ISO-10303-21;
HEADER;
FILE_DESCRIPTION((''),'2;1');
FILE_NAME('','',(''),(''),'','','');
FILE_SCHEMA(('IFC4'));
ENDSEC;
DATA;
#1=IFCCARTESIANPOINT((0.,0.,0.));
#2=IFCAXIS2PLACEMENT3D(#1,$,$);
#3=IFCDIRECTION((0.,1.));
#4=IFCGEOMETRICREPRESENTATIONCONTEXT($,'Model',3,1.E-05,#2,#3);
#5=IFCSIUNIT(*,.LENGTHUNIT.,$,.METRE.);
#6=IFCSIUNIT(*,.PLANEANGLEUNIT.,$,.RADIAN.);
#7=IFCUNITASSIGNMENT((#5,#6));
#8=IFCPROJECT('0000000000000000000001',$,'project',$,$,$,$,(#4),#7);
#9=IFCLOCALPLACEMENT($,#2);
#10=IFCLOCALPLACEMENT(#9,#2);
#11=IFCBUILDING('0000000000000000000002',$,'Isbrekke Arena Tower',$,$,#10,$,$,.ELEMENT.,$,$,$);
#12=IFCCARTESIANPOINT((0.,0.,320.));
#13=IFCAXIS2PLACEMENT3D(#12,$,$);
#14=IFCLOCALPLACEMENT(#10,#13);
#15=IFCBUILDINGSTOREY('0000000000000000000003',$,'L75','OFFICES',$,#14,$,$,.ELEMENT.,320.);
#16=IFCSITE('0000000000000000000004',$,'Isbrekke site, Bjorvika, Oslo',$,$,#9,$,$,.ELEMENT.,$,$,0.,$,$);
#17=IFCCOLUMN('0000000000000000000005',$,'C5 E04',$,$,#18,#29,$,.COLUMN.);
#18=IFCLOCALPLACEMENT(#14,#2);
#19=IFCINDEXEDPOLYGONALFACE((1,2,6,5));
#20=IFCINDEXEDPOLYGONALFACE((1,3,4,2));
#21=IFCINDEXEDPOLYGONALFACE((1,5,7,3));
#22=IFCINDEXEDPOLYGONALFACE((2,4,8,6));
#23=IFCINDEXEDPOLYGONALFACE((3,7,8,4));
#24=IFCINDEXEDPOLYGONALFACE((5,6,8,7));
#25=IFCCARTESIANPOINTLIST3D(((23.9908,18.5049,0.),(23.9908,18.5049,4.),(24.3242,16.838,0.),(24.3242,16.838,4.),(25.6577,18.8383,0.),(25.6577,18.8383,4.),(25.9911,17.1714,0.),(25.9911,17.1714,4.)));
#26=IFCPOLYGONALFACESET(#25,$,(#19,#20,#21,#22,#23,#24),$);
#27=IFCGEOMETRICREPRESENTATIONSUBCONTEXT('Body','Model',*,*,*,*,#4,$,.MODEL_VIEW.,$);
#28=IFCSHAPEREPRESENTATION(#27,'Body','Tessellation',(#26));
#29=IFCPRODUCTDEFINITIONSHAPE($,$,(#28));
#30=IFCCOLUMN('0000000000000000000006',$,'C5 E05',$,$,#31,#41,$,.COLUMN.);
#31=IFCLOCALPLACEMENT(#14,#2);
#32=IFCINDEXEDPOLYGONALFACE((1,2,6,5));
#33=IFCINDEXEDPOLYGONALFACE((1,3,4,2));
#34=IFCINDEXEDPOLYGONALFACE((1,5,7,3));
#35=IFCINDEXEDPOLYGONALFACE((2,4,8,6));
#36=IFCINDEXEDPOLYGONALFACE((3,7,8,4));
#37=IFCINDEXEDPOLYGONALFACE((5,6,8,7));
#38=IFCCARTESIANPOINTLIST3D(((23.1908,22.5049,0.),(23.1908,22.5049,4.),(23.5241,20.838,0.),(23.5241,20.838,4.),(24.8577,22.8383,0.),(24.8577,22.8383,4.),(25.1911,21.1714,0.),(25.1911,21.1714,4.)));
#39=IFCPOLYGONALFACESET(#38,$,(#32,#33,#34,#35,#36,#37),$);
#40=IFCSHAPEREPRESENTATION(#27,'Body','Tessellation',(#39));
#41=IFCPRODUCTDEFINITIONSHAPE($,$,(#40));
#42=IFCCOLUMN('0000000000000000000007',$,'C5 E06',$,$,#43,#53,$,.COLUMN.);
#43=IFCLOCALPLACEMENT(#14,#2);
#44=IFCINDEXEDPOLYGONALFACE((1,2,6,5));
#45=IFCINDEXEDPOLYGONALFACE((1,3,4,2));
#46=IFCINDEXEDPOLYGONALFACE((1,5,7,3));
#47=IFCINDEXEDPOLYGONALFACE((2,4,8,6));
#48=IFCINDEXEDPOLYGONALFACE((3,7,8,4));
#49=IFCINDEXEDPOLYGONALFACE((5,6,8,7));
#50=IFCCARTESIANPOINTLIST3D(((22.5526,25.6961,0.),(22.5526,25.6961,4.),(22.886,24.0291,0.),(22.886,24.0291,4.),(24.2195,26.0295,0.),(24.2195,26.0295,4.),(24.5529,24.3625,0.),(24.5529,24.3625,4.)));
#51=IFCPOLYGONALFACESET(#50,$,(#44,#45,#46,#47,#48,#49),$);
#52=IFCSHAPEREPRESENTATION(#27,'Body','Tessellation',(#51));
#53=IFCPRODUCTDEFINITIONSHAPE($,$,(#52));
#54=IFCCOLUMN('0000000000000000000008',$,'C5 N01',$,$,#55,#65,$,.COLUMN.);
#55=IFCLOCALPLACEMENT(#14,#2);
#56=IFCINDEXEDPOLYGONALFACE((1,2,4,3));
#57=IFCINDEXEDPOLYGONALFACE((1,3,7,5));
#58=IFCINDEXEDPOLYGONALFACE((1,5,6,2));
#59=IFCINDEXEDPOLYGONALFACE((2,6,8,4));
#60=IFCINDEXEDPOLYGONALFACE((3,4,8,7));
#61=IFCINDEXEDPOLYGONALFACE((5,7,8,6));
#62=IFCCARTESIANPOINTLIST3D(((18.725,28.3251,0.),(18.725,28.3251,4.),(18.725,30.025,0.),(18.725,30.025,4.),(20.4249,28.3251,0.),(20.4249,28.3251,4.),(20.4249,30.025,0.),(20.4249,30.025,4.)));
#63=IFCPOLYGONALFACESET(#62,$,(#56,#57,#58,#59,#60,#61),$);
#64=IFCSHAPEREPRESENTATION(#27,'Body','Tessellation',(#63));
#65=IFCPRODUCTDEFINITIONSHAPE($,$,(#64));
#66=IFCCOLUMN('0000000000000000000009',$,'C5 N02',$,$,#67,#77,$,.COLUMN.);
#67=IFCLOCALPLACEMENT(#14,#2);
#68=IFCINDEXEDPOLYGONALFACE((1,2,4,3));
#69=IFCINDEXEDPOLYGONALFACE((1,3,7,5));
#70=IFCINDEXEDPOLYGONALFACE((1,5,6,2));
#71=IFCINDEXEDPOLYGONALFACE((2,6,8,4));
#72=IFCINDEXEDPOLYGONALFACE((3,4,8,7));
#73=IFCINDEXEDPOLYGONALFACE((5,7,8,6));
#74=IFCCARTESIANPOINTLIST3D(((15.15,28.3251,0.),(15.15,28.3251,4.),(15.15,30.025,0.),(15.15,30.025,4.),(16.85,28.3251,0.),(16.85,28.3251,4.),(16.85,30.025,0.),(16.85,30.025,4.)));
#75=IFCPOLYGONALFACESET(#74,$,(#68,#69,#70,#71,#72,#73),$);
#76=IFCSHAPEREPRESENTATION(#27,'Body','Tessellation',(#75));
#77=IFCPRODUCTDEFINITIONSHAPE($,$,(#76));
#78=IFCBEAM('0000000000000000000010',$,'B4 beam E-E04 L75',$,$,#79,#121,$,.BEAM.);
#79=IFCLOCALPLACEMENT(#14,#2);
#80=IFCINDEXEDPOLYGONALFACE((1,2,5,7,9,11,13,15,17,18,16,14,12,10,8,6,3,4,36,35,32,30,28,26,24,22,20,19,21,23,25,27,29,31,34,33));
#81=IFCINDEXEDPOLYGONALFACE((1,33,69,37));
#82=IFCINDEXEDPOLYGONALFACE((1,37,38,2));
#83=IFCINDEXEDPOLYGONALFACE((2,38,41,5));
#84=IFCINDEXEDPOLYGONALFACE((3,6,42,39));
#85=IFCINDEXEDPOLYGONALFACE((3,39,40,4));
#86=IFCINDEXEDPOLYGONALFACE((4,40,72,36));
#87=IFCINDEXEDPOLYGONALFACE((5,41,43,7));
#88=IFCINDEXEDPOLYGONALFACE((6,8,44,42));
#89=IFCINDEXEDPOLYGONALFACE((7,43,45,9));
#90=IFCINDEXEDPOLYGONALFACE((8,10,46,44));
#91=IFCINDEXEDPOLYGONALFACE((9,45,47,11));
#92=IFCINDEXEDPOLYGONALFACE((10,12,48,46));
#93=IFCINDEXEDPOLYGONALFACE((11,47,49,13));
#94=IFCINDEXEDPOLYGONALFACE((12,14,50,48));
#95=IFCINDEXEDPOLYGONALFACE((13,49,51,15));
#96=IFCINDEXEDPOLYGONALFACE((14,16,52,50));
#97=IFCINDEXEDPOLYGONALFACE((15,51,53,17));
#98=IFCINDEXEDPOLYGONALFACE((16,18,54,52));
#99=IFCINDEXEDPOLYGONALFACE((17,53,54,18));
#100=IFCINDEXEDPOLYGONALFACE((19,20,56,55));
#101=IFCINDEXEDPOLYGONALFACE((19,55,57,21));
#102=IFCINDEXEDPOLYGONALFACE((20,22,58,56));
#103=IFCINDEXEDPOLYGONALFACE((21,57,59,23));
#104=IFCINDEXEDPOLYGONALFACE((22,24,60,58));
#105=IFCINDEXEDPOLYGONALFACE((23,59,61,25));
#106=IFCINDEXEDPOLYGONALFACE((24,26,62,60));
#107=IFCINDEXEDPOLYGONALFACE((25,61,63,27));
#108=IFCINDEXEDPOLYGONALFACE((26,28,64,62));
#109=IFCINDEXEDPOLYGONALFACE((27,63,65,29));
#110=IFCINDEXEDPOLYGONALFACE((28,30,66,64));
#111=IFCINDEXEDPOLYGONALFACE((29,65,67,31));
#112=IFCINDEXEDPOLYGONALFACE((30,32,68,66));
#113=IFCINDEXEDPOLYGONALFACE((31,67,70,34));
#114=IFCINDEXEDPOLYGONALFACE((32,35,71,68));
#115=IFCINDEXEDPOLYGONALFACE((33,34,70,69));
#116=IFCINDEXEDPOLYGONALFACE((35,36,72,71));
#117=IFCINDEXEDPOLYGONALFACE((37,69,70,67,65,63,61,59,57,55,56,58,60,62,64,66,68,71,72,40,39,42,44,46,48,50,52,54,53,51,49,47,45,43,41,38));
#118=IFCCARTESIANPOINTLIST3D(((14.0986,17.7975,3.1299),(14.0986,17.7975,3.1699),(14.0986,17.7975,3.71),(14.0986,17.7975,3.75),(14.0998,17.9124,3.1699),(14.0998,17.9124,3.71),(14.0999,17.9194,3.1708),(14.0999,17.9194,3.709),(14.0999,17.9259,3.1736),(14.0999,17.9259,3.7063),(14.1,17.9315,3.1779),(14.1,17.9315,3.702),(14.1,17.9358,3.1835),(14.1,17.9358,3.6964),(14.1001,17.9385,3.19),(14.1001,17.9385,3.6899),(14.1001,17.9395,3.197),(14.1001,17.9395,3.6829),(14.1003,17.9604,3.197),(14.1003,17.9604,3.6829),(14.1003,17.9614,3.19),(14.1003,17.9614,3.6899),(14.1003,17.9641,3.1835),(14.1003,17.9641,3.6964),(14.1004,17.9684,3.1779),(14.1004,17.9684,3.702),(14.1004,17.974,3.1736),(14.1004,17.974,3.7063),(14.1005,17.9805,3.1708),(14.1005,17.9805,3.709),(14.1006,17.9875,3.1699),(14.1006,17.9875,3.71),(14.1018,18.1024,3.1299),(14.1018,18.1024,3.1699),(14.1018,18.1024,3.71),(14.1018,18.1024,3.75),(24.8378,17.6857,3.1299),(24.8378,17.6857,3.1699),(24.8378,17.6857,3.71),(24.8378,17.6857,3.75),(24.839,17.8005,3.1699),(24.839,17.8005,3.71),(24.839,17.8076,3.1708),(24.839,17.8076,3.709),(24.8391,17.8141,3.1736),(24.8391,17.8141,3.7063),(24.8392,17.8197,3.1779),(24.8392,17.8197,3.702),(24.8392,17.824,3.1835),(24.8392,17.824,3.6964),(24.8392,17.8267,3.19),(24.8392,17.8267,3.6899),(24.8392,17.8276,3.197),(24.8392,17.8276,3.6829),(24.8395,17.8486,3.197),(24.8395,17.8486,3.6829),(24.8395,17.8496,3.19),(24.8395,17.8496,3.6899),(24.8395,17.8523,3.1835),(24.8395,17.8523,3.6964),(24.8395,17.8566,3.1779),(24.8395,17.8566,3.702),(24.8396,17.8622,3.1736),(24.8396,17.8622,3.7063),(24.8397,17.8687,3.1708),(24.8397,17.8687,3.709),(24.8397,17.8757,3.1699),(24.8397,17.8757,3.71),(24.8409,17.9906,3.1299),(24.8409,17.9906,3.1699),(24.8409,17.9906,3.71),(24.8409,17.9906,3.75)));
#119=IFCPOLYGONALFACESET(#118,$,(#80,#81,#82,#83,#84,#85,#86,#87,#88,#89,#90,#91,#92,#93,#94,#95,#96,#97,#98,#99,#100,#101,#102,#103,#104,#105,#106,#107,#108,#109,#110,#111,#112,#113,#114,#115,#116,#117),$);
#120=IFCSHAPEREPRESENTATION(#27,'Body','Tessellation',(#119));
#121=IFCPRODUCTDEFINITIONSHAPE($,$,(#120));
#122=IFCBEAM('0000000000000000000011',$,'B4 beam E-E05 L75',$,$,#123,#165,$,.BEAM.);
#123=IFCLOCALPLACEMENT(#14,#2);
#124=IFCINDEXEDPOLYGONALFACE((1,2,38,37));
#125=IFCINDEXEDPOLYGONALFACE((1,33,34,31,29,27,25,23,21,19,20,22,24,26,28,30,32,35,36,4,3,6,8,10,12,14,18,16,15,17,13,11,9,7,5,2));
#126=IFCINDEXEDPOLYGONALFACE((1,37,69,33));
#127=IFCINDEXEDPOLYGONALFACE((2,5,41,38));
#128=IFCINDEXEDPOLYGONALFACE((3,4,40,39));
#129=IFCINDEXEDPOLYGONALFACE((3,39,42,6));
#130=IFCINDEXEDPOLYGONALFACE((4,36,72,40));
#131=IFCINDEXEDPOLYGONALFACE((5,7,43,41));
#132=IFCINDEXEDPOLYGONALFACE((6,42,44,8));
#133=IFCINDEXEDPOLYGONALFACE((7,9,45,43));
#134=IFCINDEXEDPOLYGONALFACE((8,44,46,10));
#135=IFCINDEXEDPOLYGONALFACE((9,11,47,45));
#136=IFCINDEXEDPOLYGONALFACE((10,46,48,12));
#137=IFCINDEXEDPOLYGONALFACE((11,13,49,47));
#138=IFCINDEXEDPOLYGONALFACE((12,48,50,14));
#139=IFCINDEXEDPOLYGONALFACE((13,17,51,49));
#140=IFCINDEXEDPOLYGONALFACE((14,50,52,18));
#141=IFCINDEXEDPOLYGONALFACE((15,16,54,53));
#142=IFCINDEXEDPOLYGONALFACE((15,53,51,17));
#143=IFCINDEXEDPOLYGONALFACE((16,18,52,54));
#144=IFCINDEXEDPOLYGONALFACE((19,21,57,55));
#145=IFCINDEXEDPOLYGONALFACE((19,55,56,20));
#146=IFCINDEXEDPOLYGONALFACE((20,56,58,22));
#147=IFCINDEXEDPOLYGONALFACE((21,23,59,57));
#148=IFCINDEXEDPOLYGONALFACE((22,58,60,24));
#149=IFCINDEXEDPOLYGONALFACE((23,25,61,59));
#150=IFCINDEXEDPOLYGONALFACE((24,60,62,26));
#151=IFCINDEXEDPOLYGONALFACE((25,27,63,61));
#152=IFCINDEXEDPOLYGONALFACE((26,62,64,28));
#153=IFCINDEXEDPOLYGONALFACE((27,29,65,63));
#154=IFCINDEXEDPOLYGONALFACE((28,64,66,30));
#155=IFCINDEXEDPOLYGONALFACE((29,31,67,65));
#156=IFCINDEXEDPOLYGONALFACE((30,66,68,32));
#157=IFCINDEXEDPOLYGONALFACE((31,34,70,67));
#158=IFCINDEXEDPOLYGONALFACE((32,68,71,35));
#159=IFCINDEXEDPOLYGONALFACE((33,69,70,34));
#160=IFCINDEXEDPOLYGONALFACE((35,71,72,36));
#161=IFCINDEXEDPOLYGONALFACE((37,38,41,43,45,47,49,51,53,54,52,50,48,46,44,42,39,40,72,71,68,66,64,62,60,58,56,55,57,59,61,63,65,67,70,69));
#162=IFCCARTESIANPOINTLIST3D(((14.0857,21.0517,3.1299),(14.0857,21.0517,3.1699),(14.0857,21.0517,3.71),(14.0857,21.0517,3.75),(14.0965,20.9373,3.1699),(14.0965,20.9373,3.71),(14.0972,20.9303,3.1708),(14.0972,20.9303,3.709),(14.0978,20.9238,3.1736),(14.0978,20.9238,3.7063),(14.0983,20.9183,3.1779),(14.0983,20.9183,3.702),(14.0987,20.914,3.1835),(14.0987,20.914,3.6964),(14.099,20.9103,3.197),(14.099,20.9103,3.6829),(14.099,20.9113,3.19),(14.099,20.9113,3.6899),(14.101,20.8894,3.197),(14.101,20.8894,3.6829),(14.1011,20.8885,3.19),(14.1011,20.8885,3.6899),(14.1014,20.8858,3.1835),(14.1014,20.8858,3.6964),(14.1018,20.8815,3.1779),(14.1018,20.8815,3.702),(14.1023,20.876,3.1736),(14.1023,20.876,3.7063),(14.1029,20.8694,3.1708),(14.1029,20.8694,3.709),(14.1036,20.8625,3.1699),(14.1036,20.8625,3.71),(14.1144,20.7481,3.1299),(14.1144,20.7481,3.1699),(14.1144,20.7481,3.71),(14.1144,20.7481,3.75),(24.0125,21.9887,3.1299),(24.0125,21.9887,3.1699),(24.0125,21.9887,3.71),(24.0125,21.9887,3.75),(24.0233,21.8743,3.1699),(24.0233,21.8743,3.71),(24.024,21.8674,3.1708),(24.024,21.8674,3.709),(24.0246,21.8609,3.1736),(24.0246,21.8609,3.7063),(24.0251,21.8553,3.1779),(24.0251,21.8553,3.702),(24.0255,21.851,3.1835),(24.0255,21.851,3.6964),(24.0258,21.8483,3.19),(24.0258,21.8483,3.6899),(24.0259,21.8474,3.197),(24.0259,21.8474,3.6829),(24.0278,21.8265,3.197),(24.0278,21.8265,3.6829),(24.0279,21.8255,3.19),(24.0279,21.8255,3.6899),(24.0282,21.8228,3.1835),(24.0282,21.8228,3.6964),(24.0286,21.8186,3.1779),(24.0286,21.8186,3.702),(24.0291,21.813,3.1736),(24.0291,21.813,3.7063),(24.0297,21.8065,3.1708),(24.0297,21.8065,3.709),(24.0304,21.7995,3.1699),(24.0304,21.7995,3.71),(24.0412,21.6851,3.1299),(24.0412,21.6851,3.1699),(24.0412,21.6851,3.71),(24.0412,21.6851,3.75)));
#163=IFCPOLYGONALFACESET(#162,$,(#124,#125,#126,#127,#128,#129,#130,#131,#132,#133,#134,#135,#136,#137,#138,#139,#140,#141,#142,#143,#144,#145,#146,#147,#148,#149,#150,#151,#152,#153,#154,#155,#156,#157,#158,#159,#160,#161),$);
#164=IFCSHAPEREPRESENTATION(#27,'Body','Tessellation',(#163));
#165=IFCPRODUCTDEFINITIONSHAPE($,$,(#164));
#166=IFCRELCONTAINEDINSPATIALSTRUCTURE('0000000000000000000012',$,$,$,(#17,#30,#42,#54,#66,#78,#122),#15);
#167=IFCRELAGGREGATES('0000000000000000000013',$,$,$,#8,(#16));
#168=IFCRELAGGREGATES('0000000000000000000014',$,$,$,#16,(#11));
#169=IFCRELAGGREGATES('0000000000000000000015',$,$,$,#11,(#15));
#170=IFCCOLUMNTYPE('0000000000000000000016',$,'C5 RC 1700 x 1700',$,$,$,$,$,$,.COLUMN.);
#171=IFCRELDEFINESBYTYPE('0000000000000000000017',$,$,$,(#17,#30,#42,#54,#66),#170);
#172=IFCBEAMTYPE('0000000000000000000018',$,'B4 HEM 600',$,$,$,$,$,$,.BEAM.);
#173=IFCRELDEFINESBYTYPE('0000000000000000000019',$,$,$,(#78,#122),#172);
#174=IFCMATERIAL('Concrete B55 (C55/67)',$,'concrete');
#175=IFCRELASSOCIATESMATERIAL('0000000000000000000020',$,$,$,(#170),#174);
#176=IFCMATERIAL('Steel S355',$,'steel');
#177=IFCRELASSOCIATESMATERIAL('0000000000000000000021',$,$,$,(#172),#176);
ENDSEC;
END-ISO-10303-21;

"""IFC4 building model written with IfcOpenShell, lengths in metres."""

from ifc_helpers import new_model, si_unit, direction, frame, origin, origin_2d, place, context, subcontext, project, spatial, rectangle, i_section, extrude, material, material_profile, profile_set, type_object, element, save


model = new_model("IFC4")

# Units and contexts
model_context = context("Model", 3, precision=1e-05, world=origin(), true_north=direction((0.0, 1.0)))
body_context = subcontext(model_context, "Body", "Model", "MODEL_VIEW")
ifc_project = project(units=[si_unit("LENGTHUNIT", "METRE"), si_unit("PLANEANGLEUNIT", "RADIAN")], contexts=[model_context])

# Site, building, storey
site_placement = place(None, origin())
site = spatial("IfcSite", under=ifc_project, at=site_placement, Name="Isbrekke site, Bjorvika, Oslo", CompositionType="ELEMENT", RefElevation=0.0)
building_placement = place(site_placement, origin())
building = spatial("IfcBuilding", under=site, at=building_placement, Name="Isbrekke Arena Tower", CompositionType="ELEMENT")
storey_placement = place(building_placement, frame((0.0, 0.0, 320.0)))
storey = spatial("IfcBuildingStorey", under=building, at=storey_placement, Name="L75", Description="OFFICES", CompositionType="ELEMENT", Elevation=320.0)

# Columns
ifc_material_1 = material(Name="Concrete B55 (C55/67)", Category="concrete")
ifc_material_profile_1 = material_profile(ifc_material_1, rectangle(XDim=1.7, YDim=1.7, at=origin_2d()), Name="RC 1700x1700")
ifc_profile_set_1 = profile_set([ifc_material_profile_1], Name="Concrete B55 (C55/67)")
column_type = type_object("IfcColumnType", Name="C5 RC 1700 x 1700", PredefinedType="COLUMN", material=ifc_profile_set_1)
for number, where, z_axis, x_axis, name in (
    (1, (24.991, 17.8381, 0.0), (0.0, 0.0, 1.0), (-0.196116, 0.980581, 0.0), "C5 E04"),
    (2, (24.1909, 21.8381, 0.0), (0.0, 0.0, 1.0), (-0.196116, 0.980581, 0.0), "C5 E05"),
    (3, (23.5527, 25.0293, 0.0), (0.0, 0.0, 1.0), (-0.196116, 0.980581, 0.0), "C5 E06"),
    (4, (19.575, 29.175, 0.0), (0.0, 0.0, 1.0), (-1.0, 0.0, 0.0), "C5 N01"),
    (5, (16.0, 29.175, 0.0), (0.0, 0.0, 1.0), (-1.0, 0.0, 0.0), "C5 N02"),
):
    element("IfcColumn", number, at=place(storey_placement, frame(where, z_axis=z_axis, x_axis=x_axis)), inside=storey, type_object=column_type, Name=name, PredefinedType="COLUMN", context=body_context, shape_type="SweptSolid", body=[
        extrude(rectangle(XDim=1.7, YDim=1.7, at=origin_2d()), origin(), (0.0, 0.0, 1.0), 4.0),
    ])

# Beams
ifc_material_2 = material(Name="Steel S355", Category="steel")
ifc_material_profile_2 = material_profile(ifc_material_2, i_section(OverallWidth=0.3049, OverallDepth=0.6201, WebThickness=0.021, FlangeThickness=0.04, FilletRadius=0.0271, at=origin_2d()), Name="HEM 600")
ifc_profile_set_2 = profile_set([ifc_material_profile_2], Name="Steel S355")
beam_type_1 = type_object("IfcBeamType", Name="B4 HEM 600", PredefinedType="BEAM", material=ifc_profile_set_2)
beam_1_placement = place(storey_placement, frame((24.8394, 17.8381, 3.4399), z_axis=(-0.999946, 0.010411, 0.0), x_axis=(-0.010411, -0.999946, 0.0)))
element("IfcBeam", 6, at=beam_1_placement, inside=storey, type_object=beam_type_1, Name="B4 beam E-E04 L75", PredefinedType="BEAM", context=body_context, shape_type="SweptSolid", body=[
    extrude(i_section(OverallWidth=0.3049, OverallDepth=0.6201, WebThickness=0.021, FlangeThickness=0.04, FilletRadius=0.0271, at=origin_2d()), origin(), (0.0, 0.0, 1.0), 10.7397),
])
beam_2_placement = place(storey_placement, frame((24.0269, 21.8369, 3.4399), z_axis=(-0.995575, -0.093975, 0.0), x_axis=(0.093975, -0.995575, 0.0)))
element("IfcBeam", 7, at=beam_2_placement, inside=storey, type_object=beam_type_1, Name="B4 beam E-E05 L75", PredefinedType="BEAM", context=body_context, shape_type="SweptSolid", body=[
    extrude(i_section(OverallWidth=0.3049, OverallDepth=0.6201, WebThickness=0.021, FlangeThickness=0.04, FilletRadius=0.0271, at=origin_2d()), origin(), (0.0, 0.0, 1.0), 9.9709),
])

save(model, "model.ifc")
